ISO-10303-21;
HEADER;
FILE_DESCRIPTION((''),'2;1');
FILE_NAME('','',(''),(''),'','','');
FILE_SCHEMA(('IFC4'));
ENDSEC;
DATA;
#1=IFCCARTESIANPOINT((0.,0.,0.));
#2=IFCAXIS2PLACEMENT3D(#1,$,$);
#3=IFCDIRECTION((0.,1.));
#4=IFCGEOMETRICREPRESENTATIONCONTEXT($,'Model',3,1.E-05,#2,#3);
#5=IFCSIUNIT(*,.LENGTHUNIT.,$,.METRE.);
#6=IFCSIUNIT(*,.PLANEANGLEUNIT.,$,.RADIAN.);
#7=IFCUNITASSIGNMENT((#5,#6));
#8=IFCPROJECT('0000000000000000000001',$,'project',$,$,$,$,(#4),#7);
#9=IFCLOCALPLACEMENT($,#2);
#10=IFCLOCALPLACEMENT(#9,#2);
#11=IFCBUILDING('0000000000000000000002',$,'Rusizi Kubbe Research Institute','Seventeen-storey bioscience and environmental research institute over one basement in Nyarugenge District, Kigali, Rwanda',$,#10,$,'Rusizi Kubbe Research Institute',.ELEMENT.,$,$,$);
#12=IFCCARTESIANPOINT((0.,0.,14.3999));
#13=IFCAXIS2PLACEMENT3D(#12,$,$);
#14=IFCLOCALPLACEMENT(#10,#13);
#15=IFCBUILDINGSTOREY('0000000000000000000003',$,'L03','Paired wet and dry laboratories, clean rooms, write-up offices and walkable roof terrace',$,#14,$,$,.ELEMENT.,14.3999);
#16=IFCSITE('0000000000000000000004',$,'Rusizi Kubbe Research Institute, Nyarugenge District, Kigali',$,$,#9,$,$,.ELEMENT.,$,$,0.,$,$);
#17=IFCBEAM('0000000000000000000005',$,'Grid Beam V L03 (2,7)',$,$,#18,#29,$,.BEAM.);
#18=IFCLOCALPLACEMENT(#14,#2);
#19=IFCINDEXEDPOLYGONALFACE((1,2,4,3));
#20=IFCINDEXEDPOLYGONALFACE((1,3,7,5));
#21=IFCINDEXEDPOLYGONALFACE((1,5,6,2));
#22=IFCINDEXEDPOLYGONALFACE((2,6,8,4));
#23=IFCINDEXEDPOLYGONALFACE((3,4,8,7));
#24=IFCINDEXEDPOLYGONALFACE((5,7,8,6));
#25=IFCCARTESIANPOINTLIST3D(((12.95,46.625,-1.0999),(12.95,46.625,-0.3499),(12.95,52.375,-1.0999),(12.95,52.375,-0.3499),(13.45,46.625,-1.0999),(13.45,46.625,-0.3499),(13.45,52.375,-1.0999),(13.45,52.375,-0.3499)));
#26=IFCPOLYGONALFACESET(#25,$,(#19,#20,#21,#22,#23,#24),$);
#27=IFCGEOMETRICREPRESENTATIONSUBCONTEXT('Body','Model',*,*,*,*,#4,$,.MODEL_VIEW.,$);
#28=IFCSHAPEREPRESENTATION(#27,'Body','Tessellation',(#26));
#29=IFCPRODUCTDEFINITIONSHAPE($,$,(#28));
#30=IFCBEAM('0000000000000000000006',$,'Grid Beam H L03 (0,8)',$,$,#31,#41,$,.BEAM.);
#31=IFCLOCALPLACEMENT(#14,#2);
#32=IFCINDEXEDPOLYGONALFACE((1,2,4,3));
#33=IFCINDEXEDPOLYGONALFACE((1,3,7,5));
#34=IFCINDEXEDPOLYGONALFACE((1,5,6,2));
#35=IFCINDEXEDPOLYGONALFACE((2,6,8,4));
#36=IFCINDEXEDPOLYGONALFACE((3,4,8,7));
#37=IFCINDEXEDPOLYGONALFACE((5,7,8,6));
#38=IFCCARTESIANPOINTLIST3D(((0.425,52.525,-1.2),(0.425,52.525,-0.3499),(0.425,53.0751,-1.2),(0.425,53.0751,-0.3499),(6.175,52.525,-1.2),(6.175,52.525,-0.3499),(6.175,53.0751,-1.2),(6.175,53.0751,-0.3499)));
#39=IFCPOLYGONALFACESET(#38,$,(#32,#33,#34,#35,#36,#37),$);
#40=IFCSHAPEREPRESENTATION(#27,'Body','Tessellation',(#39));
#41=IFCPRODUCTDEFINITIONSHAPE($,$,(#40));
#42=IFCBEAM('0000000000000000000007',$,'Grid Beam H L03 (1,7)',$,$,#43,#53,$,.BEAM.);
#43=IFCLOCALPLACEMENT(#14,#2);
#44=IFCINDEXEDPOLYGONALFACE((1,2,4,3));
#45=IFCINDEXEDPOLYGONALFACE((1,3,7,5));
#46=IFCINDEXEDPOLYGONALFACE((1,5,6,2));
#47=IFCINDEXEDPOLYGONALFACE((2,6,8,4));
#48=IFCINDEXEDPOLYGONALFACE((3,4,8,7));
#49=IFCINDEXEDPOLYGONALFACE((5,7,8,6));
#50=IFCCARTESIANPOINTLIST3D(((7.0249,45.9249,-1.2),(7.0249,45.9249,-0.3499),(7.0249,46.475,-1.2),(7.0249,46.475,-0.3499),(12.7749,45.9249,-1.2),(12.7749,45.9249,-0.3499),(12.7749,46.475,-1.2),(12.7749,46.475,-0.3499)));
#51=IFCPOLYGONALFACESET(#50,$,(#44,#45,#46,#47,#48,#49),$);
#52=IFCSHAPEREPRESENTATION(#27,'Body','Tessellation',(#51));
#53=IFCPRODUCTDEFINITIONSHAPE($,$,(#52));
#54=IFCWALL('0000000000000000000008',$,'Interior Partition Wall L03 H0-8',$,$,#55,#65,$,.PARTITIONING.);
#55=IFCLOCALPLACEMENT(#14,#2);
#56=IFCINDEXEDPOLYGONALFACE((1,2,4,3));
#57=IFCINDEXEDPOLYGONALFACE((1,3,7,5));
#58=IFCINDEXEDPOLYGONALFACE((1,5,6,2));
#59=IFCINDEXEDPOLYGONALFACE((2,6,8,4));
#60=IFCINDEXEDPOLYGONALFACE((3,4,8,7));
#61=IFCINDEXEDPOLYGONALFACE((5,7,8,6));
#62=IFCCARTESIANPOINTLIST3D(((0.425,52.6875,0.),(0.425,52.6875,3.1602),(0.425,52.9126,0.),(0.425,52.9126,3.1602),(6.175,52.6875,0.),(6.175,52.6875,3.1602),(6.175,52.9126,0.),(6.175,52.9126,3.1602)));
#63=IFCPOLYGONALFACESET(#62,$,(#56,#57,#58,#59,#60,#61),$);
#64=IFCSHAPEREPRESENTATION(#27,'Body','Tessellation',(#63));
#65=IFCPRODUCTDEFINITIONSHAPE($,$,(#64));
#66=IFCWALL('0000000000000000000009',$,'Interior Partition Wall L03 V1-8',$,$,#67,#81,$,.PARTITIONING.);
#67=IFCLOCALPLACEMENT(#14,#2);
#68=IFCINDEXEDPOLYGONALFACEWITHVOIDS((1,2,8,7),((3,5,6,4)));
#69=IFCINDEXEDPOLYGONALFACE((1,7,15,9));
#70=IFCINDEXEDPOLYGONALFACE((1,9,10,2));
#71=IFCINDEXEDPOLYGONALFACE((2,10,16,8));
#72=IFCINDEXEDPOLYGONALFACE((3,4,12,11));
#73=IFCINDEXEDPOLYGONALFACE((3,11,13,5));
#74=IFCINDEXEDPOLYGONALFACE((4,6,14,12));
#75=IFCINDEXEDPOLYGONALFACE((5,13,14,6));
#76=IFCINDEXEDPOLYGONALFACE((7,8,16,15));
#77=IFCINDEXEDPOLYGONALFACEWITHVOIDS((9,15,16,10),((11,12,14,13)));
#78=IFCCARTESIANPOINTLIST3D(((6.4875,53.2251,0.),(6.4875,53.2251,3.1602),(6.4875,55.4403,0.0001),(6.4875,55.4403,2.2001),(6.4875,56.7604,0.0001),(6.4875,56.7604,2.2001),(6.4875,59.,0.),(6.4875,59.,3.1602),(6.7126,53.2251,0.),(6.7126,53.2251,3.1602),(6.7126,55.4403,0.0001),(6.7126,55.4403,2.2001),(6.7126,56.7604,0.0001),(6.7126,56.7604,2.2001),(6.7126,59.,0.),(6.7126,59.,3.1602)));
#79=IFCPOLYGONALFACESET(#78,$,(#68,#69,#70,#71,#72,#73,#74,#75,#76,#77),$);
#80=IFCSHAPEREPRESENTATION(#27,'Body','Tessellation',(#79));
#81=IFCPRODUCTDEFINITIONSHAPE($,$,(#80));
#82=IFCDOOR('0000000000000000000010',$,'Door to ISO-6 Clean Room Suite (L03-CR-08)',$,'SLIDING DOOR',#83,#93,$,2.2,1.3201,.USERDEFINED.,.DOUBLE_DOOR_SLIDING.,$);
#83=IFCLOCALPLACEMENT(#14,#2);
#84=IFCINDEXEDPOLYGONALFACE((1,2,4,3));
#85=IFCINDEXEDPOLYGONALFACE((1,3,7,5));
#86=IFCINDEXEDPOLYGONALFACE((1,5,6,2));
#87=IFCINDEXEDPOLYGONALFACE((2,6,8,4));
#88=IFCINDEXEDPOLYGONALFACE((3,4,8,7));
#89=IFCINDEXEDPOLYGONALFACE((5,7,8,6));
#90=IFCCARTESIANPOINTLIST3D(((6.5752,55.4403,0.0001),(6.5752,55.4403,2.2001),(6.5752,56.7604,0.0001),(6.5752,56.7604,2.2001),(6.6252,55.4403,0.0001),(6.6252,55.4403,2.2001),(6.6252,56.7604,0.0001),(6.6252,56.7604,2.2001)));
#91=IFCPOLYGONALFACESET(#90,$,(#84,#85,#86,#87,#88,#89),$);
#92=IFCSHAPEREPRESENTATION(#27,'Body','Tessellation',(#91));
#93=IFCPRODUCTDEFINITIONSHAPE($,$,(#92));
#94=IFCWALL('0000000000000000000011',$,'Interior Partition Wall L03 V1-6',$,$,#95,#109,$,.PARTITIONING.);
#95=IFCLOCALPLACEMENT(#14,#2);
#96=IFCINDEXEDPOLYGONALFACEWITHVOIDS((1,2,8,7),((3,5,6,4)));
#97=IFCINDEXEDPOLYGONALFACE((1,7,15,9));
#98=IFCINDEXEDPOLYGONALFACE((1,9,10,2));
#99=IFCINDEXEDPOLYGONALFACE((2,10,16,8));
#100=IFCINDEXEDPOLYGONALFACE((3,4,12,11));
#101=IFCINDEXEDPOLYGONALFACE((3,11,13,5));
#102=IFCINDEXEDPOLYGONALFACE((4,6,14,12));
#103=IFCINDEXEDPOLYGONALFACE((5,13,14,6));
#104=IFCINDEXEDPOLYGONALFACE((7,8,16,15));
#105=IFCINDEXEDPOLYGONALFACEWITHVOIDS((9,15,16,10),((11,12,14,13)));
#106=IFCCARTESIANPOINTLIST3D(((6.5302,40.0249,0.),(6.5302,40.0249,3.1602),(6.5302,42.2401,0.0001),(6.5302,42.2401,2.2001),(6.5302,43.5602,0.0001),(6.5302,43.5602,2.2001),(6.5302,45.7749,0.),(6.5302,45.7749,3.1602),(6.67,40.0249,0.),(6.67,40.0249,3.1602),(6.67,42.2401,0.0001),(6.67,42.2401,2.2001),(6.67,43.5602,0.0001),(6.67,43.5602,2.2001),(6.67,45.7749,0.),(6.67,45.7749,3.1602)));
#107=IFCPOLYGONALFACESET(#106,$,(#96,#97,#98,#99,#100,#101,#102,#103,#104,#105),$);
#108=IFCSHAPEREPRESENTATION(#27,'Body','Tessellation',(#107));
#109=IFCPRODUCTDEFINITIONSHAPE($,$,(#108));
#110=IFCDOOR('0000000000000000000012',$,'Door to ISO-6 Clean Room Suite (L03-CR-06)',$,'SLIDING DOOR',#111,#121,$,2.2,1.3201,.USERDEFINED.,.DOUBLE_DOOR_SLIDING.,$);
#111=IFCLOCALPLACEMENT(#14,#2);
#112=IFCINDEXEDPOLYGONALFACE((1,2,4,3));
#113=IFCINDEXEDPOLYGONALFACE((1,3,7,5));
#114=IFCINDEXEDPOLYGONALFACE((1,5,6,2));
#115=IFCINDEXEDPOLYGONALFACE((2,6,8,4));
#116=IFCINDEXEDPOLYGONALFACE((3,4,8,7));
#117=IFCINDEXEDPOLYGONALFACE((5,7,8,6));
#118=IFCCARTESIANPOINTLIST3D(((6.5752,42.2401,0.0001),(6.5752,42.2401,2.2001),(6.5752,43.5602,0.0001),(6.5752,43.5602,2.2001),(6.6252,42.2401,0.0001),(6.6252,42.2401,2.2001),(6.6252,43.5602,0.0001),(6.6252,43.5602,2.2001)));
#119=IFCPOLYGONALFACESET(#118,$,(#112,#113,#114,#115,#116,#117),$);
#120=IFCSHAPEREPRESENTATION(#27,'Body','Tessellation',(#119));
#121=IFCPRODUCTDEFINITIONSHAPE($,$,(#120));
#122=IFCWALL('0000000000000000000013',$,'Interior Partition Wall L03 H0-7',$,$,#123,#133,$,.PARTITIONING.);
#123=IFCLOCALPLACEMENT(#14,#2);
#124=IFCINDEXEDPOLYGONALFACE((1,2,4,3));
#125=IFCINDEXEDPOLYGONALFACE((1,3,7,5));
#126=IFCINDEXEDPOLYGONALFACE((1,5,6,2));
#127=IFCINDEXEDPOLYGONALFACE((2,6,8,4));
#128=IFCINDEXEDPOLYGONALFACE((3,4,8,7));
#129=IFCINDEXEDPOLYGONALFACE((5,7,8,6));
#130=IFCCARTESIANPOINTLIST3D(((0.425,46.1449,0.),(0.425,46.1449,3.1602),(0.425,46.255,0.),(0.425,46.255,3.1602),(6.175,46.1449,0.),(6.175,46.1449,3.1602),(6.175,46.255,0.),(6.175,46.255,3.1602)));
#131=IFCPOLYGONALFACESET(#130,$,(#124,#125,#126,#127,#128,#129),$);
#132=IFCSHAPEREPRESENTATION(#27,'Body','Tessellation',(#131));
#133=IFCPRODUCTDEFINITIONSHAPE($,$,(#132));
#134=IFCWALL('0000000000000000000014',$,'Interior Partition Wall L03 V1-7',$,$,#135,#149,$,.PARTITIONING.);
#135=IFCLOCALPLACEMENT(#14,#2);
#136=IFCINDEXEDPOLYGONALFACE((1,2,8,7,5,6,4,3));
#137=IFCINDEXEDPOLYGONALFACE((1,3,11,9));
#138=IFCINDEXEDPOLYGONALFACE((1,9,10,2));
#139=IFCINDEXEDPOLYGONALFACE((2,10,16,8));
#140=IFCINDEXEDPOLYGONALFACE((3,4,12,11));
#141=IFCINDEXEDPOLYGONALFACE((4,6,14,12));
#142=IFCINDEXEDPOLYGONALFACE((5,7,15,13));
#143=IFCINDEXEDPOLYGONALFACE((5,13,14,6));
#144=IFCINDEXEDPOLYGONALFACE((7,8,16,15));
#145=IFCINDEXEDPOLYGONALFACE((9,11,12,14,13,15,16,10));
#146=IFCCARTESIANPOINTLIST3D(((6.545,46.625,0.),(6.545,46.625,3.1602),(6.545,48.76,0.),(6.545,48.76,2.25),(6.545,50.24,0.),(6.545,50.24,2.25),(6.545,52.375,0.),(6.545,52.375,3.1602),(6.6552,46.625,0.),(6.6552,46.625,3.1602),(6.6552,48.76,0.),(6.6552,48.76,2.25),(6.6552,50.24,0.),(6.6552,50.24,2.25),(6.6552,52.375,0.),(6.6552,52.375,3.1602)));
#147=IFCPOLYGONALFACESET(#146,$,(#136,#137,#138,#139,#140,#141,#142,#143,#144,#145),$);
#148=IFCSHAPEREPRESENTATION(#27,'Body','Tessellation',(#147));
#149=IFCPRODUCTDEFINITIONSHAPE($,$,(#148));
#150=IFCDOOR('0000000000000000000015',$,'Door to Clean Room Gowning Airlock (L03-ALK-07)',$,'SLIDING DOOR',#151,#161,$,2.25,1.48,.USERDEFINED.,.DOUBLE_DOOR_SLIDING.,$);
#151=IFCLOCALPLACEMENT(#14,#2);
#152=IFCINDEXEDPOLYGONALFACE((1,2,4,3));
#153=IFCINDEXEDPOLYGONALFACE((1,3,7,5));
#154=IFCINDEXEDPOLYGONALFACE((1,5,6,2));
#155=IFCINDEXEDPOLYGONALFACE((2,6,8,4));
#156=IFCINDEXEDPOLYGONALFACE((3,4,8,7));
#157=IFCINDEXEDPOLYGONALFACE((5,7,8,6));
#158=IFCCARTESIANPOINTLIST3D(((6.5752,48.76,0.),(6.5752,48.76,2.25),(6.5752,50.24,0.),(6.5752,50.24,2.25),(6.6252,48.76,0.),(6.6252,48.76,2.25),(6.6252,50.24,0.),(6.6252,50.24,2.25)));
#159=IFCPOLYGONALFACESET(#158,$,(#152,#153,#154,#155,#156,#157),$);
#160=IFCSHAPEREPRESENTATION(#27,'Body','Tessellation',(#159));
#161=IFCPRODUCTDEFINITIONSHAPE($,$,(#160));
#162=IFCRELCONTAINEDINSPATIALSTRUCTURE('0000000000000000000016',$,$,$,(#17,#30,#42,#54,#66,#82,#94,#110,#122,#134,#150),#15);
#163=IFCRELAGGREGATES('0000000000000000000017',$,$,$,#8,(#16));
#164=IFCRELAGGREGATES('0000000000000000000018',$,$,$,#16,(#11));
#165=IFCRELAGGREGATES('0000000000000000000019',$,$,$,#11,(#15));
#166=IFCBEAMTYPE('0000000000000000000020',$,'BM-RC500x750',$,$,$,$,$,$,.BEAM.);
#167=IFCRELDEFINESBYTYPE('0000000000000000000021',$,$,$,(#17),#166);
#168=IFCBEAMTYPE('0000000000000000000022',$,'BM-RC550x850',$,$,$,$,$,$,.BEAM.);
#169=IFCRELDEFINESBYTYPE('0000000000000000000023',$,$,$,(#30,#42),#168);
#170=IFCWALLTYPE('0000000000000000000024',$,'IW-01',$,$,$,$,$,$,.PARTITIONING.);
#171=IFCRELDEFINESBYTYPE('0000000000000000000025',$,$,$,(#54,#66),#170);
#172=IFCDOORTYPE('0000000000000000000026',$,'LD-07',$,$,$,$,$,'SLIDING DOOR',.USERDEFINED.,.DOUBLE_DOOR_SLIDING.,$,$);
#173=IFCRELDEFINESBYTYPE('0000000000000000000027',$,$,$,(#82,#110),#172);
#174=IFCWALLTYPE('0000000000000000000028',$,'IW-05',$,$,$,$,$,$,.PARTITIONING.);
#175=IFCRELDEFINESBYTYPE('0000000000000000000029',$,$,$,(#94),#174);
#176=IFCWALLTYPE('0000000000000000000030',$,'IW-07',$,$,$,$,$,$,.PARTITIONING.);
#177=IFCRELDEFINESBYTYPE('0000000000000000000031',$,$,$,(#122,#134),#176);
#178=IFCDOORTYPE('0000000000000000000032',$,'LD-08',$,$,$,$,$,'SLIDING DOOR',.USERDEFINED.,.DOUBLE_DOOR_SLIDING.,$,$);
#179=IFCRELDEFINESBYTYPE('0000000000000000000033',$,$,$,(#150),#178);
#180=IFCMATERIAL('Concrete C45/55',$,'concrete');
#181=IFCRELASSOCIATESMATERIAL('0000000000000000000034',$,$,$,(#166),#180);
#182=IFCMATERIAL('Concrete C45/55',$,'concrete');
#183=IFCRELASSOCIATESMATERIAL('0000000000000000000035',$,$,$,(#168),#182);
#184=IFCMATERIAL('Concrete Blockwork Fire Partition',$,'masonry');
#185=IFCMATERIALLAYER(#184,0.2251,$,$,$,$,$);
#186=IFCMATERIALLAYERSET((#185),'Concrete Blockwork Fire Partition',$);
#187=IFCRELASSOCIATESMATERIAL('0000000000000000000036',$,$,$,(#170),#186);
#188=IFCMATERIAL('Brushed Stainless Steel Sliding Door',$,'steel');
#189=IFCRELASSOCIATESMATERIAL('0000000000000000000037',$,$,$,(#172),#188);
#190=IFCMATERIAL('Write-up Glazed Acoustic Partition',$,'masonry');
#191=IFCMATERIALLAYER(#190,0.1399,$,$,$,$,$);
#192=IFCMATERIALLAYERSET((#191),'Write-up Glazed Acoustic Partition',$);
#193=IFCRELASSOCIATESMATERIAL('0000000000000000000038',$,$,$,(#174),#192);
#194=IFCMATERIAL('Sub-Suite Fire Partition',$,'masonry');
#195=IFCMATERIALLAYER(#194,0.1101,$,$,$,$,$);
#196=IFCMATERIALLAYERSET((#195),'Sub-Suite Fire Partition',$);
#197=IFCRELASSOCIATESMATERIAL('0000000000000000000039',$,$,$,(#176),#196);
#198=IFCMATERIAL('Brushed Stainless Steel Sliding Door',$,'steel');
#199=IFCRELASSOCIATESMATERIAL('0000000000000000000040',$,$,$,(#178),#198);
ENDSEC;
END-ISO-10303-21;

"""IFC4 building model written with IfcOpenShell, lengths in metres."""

from ifc_helpers import new_model, si_unit, direction, frame, frame_2d, origin, origin_2d, place, context, subcontext, project, spatial, rectangle, extrude, material, layer, layer_set, material_profile, profile_set, type_object, element, fill, save


model = new_model("IFC4")

# Units and contexts
model_context = context("Model", 3, precision=1e-05, world=origin(), true_north=direction((0.0, 1.0)))
body_context = subcontext(model_context, "Body", "Model", "MODEL_VIEW")
ifc_project = project(units=[si_unit("LENGTHUNIT", "METRE"), si_unit("PLANEANGLEUNIT", "RADIAN")], contexts=[model_context])

# Site, building, storey
site_placement = place(None, origin())
site = spatial("IfcSite", under=ifc_project, at=site_placement, Name="Rusizi Kubbe Research Institute, Nyarugenge District, Kigali", CompositionType="ELEMENT", RefElevation=0.0)
building_placement = place(site_placement, origin())
building = spatial("IfcBuilding", under=site, at=building_placement, Name="Rusizi Kubbe Research Institute", Description="Seventeen-storey bioscience and environmental research institute over one basement in Nyarugenge District, Kigali, Rwanda", LongName="Rusizi Kubbe Research Institute", CompositionType="ELEMENT")
storey_placement = place(building_placement, frame((0.0, 0.0, 14.3999)))
storey = spatial("IfcBuildingStorey", under=building, at=storey_placement, Name="L03", Description="Paired wet and dry laboratories, clean rooms, write-up offices and walkable roof terrace", CompositionType="ELEMENT", Elevation=14.3999)

# Beams
ifc_material_1 = material(Name="Concrete C45/55", Category="concrete")
ifc_material_profile_1 = material_profile(ifc_material_1, rectangle(XDim=0.5, YDim=0.75, at=origin_2d()), Name="RC500x750B")
ifc_profile_set_1 = profile_set([ifc_material_profile_1], Name="Concrete C45/55")
beam_type_1 = type_object("IfcBeamType", Name="BM-RC500x750", PredefinedType="BEAM", material=ifc_profile_set_1)
for number, where, z_axis, x_axis, name in (
    (1, (13.2, 46.625, -0.7249), (0.0, 1.0, 0.0), (-1.0, 0.0, 0.0), "Grid Beam V L03 (2,7)"),
):
    element("IfcBeam", number, at=place(storey_placement, frame(where, z_axis=z_axis, x_axis=x_axis)), inside=storey, type_object=beam_type_1, Name=name, PredefinedType="BEAM", context=body_context, shape_type="SweptSolid", body=[
        extrude(rectangle(XDim=0.5, YDim=0.75, at=origin_2d()), origin(), (0.0, 0.0, 1.0), 5.75),
    ])
ifc_material_2 = material(Name="Concrete C45/55", Category="concrete")
ifc_material_profile_2 = material_profile(ifc_material_2, rectangle(XDim=0.55, YDim=0.8501, at=origin_2d()), Name="RC550x850")
ifc_profile_set_2 = profile_set([ifc_material_profile_2], Name="Concrete C45/55")
beam_type_2 = type_object("IfcBeamType", Name="BM-RC550x850", PredefinedType="BEAM", material=ifc_profile_set_2)
for number, where, z_axis, x_axis, name in (
    (2, (0.425, 52.8, -0.7749), (1.0, 0.0, 0.0), (0.0, 1.0, 0.0), "Grid Beam H L03 (0,8)"),
    (3, (7.0249, 46.2, -0.7749), (1.0, 0.0, 0.0), (0.0, 1.0, 0.0), "Grid Beam H L03 (1,7)"),
):
    element("IfcBeam", number, at=place(storey_placement, frame(where, z_axis=z_axis, x_axis=x_axis)), inside=storey, type_object=beam_type_2, Name=name, PredefinedType="BEAM", context=body_context, shape_type="SweptSolid", body=[
        extrude(rectangle(XDim=0.55, YDim=0.8501, at=origin_2d()), origin(), (0.0, 0.0, 1.0), 5.75),
    ])

# Wall
ifc_material_3 = material(Name="Concrete Blockwork Fire Partition", Category="masonry")
ifc_layer_1 = layer(ifc_material_3, 0.2251)
ifc_layer_set_1 = layer_set([ifc_layer_1], Name="Concrete Blockwork Fire Partition")
wall_type_1 = type_object("IfcWallType", Name="IW-01", PredefinedType="PARTITIONING", material=ifc_layer_set_1)
wall_1_placement = place(storey_placement, frame((0.425, 52.8, 0.0), z_axis=(0.0, 0.0, 1.0), x_axis=(1.0, 0.0, 0.0)))
element("IfcWall", 4, at=wall_1_placement, inside=storey, type_object=wall_type_1, Name="Interior Partition Wall L03 H0-8", PredefinedType="PARTITIONING", context=body_context, shape_type="SweptSolid", body=[
    extrude(rectangle(XDim=5.75, YDim=0.2251, at=frame_2d((2.875, 0.0))), origin(), (0.0, 0.0, 1.0), 3.1602),
])

# Walls, openings, doors
wall_2_placement = place(storey_placement, frame((6.6001, 53.2251, 0.0), z_axis=(0.0, 0.0, 1.0), x_axis=(0.0, 1.0, 0.0)))
wall_2 = element("IfcWall", 5, at=wall_2_placement, inside=storey, type_object=wall_type_1, Name="Interior Partition Wall L03 V1-8", PredefinedType="PARTITIONING", context=body_context, shape_type="SweptSolid", body=[
    extrude(rectangle(XDim=5.7749, YDim=0.2251, at=frame_2d((2.8875, 0.0))), origin(), (0.0, 0.0, 1.0), 3.1602),
])
opening_1_placement = place(wall_2_placement, frame((2.2151, 0.0, 0.0)))
opening_1 = element("IfcOpeningElement", 6, at=opening_1_placement, cuts=wall_2, PredefinedType="OPENING", context=body_context, shape_type="SweptSolid", body=[
    extrude(rectangle(XDim=1.3201, YDim=2.2, at=frame_2d((0.6602, 1.1001))), frame((0.0, 0.1226, 0.0), z_axis=(0.0, -1.0, 0.0), x_axis=(1.0, 0.0, 0.0)), (0.0, 0.0, 1.0), 0.2451),
])
ifc_material_4 = material(Name="Brushed Stainless Steel Sliding Door", Category="steel")
door_type_1 = type_object("IfcDoorType", Name="LD-07", ElementType="SLIDING DOOR", OperationType="DOUBLE_DOOR_SLIDING", PredefinedType="USERDEFINED", material=ifc_material_4)
door_1_placement = place(opening_1_placement, origin())
door_1 = element("IfcDoor", 7, at=door_1_placement, inside=storey, type_object=door_type_1, Name="Door to ISO-6 Clean Room Suite (L03-CR-08)", ObjectType="SLIDING DOOR", OperationType="DOUBLE_DOOR_SLIDING", OverallHeight=2.2, OverallWidth=1.3201, PredefinedType="USERDEFINED", context=body_context, shape_type="SweptSolid", body=[
    extrude(rectangle(XDim=1.3201, YDim=2.2, at=frame_2d((0.6602, 1.1001))), frame((0.0, 0.0249, 0.0), z_axis=(0.0, -1.0, 0.0), x_axis=(1.0, 0.0, 0.0)), (0.0, 0.0, 1.0), 0.05),
])
fill(opening_1, door_1)
ifc_material_5 = material(Name="Write-up Glazed Acoustic Partition", Category="masonry")
ifc_layer_2 = layer(ifc_material_5, 0.1399)
ifc_layer_set_2 = layer_set([ifc_layer_2], Name="Write-up Glazed Acoustic Partition")
wall_type_2 = type_object("IfcWallType", Name="IW-05", PredefinedType="PARTITIONING", material=ifc_layer_set_2)
wall_3_placement = place(storey_placement, frame((6.6001, 40.0249, 0.0), z_axis=(0.0, 0.0, 1.0), x_axis=(0.0, 1.0, 0.0)))
wall_3 = element("IfcWall", 8, at=wall_3_placement, inside=storey, type_object=wall_type_2, Name="Interior Partition Wall L03 V1-6", PredefinedType="PARTITIONING", context=body_context, shape_type="SweptSolid", body=[
    extrude(rectangle(XDim=5.75, YDim=0.1399, at=frame_2d((2.875, 0.0))), origin(), (0.0, 0.0, 1.0), 3.1602),
])
opening_2_placement = place(wall_3_placement, frame((2.2151, 0.0, 0.0)))
opening_2 = element("IfcOpeningElement", 9, at=opening_2_placement, cuts=wall_3, PredefinedType="OPENING", context=body_context, shape_type="SweptSolid", body=[
    extrude(rectangle(XDim=1.3201, YDim=2.2, at=frame_2d((0.6602, 1.1001))), frame((0.0, 0.0798, 0.0), z_axis=(0.0, -1.0, 0.0), x_axis=(1.0, 0.0, 0.0)), (0.0, 0.0, 1.0), 0.1599),
])
door_2_placement = place(opening_2_placement, origin())
door_2 = element("IfcDoor", 10, at=door_2_placement, inside=storey, type_object=door_type_1, Name="Door to ISO-6 Clean Room Suite (L03-CR-06)", ObjectType="SLIDING DOOR", OperationType="DOUBLE_DOOR_SLIDING", OverallHeight=2.2, OverallWidth=1.3201, PredefinedType="USERDEFINED", context=body_context, shape_type="SweptSolid", body=[
    extrude(rectangle(XDim=1.3201, YDim=2.2, at=frame_2d((0.6602, 1.1001))), frame((0.0, 0.0249, 0.0), z_axis=(0.0, -1.0, 0.0), x_axis=(1.0, 0.0, 0.0)), (0.0, 0.0, 1.0), 0.05),
])
fill(opening_2, door_2)

# Wall
ifc_material_6 = material(Name="Sub-Suite Fire Partition", Category="masonry")
ifc_layer_3 = layer(ifc_material_6, 0.1101)
ifc_layer_set_3 = layer_set([ifc_layer_3], Name="Sub-Suite Fire Partition")
wall_type_3 = type_object("IfcWallType", Name="IW-07", PredefinedType="PARTITIONING", material=ifc_layer_set_3)
wall_4_placement = place(storey_placement, frame((0.425, 46.2, 0.0), z_axis=(0.0, 0.0, 1.0), x_axis=(1.0, 0.0, 0.0)))
element("IfcWall", 11, at=wall_4_placement, inside=storey, type_object=wall_type_3, Name="Interior Partition Wall L03 H0-7", PredefinedType="PARTITIONING", context=body_context, shape_type="SweptSolid", body=[
    extrude(rectangle(XDim=5.75, YDim=0.1101, at=frame_2d((2.875, 0.0))), origin(), (0.0, 0.0, 1.0), 3.1602),
])

# Wall, opening, door
wall_5_placement = place(storey_placement, frame((6.6001, 46.625, 0.0), z_axis=(0.0, 0.0, 1.0), x_axis=(0.0, 1.0, 0.0)))
wall_5 = element("IfcWall", 12, at=wall_5_placement, inside=storey, type_object=wall_type_3, Name="Interior Partition Wall L03 V1-7", PredefinedType="PARTITIONING", context=body_context, shape_type="SweptSolid", body=[
    extrude(rectangle(XDim=5.75, YDim=0.1101, at=frame_2d((2.875, 0.0))), origin(), (0.0, 0.0, 1.0), 3.1602),
])
opening_3_placement = place(wall_5_placement, frame((2.135, 0.0, 0.0)))
opening_3 = element("IfcOpeningElement", 13, at=opening_3_placement, cuts=wall_5, PredefinedType="OPENING", context=body_context, shape_type="SweptSolid", body=[
    extrude(rectangle(XDim=1.48, YDim=2.25, at=frame_2d((0.74, 1.125))), frame((0.0, 0.0649, 0.0), z_axis=(0.0, -1.0, 0.0), x_axis=(1.0, 0.0, 0.0)), (0.0, 0.0, 1.0), 0.1301),
])
ifc_material_7 = material(Name="Brushed Stainless Steel Sliding Door", Category="steel")
door_type_2 = type_object("IfcDoorType", Name="LD-08", ElementType="SLIDING DOOR", OperationType="DOUBLE_DOOR_SLIDING", PredefinedType="USERDEFINED", material=ifc_material_7)
door_3_placement = place(opening_3_placement, origin())
door_3 = element("IfcDoor", 14, at=door_3_placement, inside=storey, type_object=door_type_2, Name="Door to Clean Room Gowning Airlock (L03-ALK-07)", ObjectType="SLIDING DOOR", OperationType="DOUBLE_DOOR_SLIDING", OverallHeight=2.25, OverallWidth=1.48, PredefinedType="USERDEFINED", context=body_context, shape_type="SweptSolid", body=[
    extrude(rectangle(XDim=1.48, YDim=2.25, at=frame_2d((0.74, 1.125))), frame((0.0, 0.0249, 0.0), z_axis=(0.0, -1.0, 0.0), x_axis=(1.0, 0.0, 0.0)), (0.0, 0.0, 1.0), 0.05),
])
fill(opening_3, door_3)

save(model, "model.ifc")
